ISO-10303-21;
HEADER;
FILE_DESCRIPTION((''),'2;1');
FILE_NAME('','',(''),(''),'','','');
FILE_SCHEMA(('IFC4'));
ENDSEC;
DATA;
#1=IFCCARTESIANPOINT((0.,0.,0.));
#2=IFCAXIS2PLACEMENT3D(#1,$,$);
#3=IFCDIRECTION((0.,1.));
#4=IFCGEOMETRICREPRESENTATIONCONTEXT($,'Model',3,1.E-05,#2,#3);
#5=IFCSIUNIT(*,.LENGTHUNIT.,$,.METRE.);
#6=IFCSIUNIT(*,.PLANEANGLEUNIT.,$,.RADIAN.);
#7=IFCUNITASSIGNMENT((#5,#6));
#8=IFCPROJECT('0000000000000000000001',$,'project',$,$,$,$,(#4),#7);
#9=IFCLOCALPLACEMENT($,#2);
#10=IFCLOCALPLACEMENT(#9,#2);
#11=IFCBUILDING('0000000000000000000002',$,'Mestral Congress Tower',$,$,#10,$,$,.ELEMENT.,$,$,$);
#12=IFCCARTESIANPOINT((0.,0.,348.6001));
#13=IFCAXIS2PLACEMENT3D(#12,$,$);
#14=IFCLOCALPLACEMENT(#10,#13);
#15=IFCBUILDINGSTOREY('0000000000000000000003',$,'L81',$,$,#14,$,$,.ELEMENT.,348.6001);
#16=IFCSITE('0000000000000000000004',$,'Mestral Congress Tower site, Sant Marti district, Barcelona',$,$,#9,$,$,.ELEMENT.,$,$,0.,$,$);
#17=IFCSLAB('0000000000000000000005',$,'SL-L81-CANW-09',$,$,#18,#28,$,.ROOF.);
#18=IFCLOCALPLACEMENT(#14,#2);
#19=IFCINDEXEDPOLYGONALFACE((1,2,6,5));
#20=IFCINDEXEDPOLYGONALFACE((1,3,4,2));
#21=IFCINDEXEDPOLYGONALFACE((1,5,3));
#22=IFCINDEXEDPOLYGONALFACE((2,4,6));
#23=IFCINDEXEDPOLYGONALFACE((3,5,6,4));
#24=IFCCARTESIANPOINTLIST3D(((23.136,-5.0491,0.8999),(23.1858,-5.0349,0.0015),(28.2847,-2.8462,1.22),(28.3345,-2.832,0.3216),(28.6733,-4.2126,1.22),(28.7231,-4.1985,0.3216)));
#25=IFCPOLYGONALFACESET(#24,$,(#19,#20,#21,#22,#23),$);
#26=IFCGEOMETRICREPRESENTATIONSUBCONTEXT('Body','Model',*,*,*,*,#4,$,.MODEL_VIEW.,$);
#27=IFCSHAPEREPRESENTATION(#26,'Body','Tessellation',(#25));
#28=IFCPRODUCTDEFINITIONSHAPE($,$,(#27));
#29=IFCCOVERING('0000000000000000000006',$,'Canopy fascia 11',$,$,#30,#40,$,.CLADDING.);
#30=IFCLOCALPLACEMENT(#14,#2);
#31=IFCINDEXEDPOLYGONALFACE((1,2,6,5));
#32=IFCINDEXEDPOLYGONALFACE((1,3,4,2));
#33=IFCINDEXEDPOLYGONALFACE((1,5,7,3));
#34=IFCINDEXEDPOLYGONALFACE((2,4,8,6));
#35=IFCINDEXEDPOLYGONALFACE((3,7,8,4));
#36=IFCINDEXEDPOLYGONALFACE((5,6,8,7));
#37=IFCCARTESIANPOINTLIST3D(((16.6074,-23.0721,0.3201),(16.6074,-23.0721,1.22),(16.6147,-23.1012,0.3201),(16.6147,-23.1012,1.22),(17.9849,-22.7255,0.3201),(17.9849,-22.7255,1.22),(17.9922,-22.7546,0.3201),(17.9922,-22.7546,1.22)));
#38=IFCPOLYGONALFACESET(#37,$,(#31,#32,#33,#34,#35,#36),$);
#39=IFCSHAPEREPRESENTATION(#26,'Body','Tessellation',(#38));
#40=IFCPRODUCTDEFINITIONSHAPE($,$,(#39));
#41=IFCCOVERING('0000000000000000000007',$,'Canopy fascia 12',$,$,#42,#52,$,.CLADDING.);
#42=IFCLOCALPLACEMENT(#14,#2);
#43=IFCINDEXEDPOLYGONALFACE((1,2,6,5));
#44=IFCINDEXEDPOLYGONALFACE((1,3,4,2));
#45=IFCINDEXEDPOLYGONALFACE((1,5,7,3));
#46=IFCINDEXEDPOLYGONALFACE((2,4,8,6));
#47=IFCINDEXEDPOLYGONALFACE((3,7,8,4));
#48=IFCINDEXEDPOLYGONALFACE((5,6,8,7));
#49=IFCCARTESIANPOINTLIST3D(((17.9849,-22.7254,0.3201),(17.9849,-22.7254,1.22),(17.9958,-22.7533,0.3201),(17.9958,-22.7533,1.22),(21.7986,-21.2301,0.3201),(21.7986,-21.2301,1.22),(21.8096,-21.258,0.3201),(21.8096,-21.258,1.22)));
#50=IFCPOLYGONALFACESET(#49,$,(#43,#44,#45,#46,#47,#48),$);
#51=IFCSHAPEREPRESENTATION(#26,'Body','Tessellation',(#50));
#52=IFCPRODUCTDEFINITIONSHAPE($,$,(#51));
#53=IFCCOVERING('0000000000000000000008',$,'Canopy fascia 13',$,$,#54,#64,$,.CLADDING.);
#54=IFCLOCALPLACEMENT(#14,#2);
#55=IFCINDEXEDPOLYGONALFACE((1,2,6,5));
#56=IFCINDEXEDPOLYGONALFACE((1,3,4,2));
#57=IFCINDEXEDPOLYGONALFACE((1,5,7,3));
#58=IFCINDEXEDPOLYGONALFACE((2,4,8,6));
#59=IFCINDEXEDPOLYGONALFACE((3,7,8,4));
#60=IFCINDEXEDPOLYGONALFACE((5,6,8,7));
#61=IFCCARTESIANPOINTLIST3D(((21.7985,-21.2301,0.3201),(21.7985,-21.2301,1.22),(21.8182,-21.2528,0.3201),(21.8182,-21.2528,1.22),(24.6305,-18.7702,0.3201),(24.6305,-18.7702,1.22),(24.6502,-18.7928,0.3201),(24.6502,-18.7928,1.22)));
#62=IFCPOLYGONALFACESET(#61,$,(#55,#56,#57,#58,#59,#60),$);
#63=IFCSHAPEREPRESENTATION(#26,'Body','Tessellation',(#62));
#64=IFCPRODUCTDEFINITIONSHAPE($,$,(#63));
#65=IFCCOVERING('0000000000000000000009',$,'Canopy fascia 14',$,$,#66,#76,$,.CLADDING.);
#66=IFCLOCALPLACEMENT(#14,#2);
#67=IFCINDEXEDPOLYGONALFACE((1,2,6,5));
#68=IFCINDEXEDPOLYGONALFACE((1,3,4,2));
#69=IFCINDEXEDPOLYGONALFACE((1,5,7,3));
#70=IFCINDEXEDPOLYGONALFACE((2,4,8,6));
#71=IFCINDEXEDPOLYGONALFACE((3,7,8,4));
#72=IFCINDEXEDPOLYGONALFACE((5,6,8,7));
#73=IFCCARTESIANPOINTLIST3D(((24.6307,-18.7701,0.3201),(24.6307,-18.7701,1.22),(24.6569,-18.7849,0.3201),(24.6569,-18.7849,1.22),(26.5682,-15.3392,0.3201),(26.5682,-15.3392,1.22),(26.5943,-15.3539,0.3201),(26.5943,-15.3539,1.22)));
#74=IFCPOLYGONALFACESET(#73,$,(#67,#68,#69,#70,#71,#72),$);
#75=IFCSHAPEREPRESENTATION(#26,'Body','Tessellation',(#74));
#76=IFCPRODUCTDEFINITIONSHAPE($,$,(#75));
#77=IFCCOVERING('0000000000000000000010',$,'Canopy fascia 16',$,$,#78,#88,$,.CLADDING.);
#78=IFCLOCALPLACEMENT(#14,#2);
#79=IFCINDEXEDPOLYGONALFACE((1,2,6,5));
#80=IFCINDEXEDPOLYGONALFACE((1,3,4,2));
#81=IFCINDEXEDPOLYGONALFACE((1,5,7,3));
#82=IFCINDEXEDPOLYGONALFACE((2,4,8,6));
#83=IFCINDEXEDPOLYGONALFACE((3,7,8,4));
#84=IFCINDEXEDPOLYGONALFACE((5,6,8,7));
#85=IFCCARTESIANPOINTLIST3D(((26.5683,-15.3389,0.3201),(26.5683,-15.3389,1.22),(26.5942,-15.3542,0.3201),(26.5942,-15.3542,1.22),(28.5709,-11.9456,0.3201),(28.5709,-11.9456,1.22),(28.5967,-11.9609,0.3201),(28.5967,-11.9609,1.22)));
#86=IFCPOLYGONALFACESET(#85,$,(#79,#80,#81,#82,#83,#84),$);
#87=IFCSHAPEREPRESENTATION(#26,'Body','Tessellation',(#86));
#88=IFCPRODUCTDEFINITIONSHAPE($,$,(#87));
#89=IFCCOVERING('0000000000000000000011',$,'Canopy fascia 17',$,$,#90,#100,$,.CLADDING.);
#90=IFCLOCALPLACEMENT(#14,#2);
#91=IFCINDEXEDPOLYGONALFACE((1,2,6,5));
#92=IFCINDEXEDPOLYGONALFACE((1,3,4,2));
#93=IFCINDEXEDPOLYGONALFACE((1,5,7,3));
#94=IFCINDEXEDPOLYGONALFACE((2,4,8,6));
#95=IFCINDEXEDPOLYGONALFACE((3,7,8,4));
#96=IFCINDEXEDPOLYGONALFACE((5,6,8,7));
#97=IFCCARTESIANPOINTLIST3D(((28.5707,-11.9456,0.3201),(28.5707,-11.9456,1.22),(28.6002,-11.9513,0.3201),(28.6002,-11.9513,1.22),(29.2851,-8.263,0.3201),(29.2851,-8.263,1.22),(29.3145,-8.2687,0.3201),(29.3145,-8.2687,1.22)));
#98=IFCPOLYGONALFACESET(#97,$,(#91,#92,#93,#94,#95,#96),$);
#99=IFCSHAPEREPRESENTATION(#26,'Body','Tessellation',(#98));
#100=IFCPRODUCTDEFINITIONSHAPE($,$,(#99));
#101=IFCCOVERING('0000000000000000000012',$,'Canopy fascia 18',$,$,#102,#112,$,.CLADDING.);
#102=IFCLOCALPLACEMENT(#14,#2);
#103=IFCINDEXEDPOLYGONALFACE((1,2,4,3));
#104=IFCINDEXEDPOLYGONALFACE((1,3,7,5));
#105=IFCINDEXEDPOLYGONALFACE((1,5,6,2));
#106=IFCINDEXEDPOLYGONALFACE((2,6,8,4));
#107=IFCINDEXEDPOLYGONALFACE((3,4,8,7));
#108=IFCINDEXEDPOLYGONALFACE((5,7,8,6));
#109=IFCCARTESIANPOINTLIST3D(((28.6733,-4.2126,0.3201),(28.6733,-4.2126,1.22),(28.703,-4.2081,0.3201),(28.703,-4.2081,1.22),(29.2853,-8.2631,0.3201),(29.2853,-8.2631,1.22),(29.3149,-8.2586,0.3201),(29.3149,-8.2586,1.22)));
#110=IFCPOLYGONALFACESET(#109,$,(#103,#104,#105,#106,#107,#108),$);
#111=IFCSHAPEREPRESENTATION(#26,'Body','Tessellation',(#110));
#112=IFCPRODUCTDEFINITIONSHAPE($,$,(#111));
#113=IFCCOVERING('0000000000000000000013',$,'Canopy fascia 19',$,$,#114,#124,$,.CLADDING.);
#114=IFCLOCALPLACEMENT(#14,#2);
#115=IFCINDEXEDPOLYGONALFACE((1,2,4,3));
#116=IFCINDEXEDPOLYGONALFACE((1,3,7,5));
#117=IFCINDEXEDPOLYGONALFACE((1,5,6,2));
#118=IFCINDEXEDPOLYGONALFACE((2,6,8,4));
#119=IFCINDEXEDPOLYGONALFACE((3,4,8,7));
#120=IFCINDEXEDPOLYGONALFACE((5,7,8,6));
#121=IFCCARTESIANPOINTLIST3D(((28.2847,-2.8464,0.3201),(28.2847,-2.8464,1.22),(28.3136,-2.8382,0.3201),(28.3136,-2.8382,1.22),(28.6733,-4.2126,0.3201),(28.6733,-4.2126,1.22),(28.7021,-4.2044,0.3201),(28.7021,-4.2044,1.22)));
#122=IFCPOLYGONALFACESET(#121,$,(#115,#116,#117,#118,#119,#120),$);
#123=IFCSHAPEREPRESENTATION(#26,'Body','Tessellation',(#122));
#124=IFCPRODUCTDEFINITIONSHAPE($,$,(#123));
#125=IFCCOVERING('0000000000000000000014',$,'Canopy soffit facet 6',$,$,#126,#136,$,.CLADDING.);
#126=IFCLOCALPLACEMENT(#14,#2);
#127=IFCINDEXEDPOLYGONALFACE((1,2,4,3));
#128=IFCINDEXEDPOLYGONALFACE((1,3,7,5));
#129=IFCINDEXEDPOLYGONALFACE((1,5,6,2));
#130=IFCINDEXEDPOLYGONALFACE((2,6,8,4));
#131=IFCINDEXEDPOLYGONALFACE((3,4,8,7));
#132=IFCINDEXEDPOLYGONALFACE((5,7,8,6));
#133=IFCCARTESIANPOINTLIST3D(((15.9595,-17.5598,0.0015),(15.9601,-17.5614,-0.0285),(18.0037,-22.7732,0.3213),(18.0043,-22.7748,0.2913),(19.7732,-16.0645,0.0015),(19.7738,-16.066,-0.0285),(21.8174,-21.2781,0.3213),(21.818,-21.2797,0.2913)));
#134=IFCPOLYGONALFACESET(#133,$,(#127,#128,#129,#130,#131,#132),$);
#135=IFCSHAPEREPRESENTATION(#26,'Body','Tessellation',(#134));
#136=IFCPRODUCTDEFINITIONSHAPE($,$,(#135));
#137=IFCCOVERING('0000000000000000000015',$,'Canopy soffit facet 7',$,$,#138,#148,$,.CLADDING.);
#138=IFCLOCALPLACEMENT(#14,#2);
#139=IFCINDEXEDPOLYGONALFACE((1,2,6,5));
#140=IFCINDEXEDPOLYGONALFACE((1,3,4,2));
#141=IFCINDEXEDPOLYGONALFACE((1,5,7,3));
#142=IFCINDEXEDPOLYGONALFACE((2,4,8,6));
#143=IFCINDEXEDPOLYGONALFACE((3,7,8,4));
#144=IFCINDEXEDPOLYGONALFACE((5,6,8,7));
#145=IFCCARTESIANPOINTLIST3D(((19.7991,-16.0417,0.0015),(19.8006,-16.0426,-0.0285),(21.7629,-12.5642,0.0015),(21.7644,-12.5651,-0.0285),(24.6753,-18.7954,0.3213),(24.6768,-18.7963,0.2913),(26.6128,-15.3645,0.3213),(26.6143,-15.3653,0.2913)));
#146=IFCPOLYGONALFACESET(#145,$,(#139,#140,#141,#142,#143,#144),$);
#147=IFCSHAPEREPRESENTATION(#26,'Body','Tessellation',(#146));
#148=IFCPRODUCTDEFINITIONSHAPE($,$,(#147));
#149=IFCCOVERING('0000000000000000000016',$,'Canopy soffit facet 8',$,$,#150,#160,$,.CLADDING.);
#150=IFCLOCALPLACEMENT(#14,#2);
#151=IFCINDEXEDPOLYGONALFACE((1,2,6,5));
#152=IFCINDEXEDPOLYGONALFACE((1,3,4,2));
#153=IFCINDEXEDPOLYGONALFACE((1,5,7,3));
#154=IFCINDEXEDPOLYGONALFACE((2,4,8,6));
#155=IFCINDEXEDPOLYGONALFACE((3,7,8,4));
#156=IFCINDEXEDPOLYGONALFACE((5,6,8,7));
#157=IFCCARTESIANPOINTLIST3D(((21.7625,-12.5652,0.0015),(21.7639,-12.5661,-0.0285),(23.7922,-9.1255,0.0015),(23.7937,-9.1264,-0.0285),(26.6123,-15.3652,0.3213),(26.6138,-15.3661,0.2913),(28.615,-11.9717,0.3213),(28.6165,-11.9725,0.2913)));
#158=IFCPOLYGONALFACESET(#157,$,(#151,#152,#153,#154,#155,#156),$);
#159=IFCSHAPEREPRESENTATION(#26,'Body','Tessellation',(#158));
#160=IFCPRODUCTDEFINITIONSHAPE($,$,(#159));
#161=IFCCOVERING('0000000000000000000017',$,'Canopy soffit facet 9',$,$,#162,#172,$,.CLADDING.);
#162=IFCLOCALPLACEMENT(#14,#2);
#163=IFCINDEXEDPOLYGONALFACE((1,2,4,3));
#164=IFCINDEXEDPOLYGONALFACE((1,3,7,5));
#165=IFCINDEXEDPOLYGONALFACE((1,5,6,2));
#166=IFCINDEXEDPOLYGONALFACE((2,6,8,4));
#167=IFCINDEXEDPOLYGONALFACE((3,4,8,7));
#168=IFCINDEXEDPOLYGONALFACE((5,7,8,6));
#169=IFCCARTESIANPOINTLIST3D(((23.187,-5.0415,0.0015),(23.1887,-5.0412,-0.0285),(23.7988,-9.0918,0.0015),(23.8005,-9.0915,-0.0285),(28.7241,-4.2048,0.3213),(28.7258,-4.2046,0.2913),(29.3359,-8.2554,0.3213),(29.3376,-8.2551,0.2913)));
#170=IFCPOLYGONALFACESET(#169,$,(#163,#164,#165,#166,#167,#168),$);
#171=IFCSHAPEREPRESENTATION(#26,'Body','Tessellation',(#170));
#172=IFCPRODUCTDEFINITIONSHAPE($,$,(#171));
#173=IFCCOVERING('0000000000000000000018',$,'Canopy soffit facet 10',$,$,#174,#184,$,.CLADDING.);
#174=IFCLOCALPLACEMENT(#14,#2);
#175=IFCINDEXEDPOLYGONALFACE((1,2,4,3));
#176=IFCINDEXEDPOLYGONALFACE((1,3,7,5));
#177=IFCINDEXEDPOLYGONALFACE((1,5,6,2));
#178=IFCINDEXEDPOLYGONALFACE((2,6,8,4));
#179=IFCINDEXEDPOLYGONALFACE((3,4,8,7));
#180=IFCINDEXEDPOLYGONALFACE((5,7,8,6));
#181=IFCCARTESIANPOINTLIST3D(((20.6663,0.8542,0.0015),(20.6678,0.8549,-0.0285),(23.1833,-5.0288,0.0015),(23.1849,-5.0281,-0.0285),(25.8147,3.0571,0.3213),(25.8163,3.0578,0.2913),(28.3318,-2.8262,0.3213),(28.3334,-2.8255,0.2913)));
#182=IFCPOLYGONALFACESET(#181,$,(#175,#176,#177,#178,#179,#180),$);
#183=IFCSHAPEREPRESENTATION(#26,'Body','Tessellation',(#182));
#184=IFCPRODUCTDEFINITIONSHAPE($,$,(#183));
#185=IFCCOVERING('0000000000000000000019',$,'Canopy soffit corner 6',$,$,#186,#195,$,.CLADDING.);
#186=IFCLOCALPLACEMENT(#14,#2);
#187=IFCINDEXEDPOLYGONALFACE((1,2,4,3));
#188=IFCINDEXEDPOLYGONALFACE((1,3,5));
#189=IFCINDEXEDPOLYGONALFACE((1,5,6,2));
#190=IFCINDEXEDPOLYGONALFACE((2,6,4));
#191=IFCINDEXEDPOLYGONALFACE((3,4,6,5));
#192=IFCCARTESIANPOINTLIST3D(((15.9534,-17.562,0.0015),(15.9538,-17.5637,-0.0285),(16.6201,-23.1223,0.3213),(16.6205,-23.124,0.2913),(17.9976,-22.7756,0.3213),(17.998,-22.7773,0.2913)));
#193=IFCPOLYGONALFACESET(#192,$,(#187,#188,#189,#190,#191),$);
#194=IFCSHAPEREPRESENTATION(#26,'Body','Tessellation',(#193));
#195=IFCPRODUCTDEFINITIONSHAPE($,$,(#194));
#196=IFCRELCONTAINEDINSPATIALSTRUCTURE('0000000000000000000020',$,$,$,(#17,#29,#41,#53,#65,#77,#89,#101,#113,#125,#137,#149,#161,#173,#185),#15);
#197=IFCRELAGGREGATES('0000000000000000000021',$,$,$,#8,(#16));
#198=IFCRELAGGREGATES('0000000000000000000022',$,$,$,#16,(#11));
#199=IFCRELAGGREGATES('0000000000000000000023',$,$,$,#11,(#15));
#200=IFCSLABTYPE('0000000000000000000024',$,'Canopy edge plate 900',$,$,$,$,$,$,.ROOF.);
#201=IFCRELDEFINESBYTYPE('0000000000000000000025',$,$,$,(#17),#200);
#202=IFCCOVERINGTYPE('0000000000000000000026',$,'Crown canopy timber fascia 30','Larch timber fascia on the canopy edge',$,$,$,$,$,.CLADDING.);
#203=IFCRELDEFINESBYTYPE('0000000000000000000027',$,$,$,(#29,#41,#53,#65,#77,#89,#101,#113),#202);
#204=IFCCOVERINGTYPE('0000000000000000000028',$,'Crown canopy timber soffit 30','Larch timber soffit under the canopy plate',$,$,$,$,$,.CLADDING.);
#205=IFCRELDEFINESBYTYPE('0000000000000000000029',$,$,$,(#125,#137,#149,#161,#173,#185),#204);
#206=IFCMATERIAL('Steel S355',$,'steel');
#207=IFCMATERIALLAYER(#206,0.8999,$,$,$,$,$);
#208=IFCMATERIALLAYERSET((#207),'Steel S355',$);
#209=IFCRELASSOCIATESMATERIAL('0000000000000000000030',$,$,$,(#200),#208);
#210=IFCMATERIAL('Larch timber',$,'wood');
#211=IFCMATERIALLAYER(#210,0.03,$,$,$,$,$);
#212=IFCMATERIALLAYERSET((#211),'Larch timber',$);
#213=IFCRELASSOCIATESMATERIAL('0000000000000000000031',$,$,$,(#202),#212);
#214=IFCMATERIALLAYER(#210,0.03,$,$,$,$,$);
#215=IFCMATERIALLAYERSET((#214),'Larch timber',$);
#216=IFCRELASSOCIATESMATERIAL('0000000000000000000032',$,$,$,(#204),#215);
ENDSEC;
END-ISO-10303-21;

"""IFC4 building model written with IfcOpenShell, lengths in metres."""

from ifc_helpers import new_model, si_unit, direction, frame, origin, origin_2d, place, context, subcontext, project, spatial, polyline, rectangle, outline, extrude, material, layer, layer_set, type_object, element, save


model = new_model("IFC4")

# Units and contexts
model_context = context("Model", 3, precision=1e-05, world=origin(), true_north=direction((0.0, 1.0)))
body_context = subcontext(model_context, "Body", "Model", "MODEL_VIEW")
ifc_project = project(units=[si_unit("LENGTHUNIT", "METRE"), si_unit("PLANEANGLEUNIT", "RADIAN")], contexts=[model_context])

# Site, building, storey
site_placement = place(None, origin())
site = spatial("IfcSite", under=ifc_project, at=site_placement, Name="Mestral Congress Tower site, Sant Marti district, Barcelona", CompositionType="ELEMENT", RefElevation=0.0)
building_placement = place(site_placement, origin())
building = spatial("IfcBuilding", under=site, at=building_placement, Name="Mestral Congress Tower", CompositionType="ELEMENT")
storey_placement = place(building_placement, frame((0.0, 0.0, 348.6001)))
storey = spatial("IfcBuildingStorey", under=building, at=storey_placement, Name="L81", CompositionType="ELEMENT", Elevation=348.6001)

# Shared definitions
ifc_material_1 = material(Name="Steel S355", Category="steel")

# Slab
ifc_layer_1 = layer(ifc_material_1, 0.8999)
ifc_layer_set_1 = layer_set([ifc_layer_1], Name="Steel S355")
slab_type = type_object("IfcSlabType", Name="Canopy edge plate 900", PredefinedType="ROOF", material=ifc_layer_set_1)
slab_1_placement = place(storey_placement, frame((23.136, -5.0491, 0.8999), z_axis=(-0.055329, -0.015738, 0.998344), x_axis=(0.987172, 0.149114, 0.05706)))
element("IfcSlab", 1, at=slab_1_placement, inside=storey, type_object=slab_type, Name="SL-L81-CANW-09", PredefinedType="ROOF", context=body_context, shape_type="SweptSolid", body=[
    extrude(outline(polyline([(0.0, 0.0), (5.6093, 0.0), (5.4294, 1.4092), (0.0, 0.0)])), origin(), (0.0, 0.0, -1.0), 0.8999),
])

# Coverings
ifc_material_2 = material(Name="Larch timber", Category="wood")
ifc_layer_2 = layer(ifc_material_2, 0.03)
ifc_layer_set_2 = layer_set([ifc_layer_2], Name="Larch timber")
covering_type_1 = type_object("IfcCoveringType", Name="Crown canopy timber fascia 30", Description="Larch timber fascia on the canopy edge", PredefinedType="CLADDING", material=ifc_layer_set_2)
covering_1_placement = place(storey_placement, frame((17.2998, -22.9133, 0.3201), z_axis=(0.0, 0.0, 1.0), x_axis=(0.969772, 0.244011, 0.0)))
element("IfcCovering", 2, at=covering_1_placement, inside=storey, type_object=covering_type_1, Name="Canopy fascia 11", PredefinedType="CLADDING", context=body_context, shape_type="SweptSolid", body=[
    extrude(rectangle(XDim=1.4204, YDim=0.03, at=origin_2d()), origin(), (0.0, 0.0, 1.0), 0.8999),
])
covering_2_placement = place(storey_placement, frame((19.8972, -21.9917, 0.3201), z_axis=(0.0, 0.0, 1.0), x_axis=(0.930995, 0.365031, 0.0)))
element("IfcCovering", 3, at=covering_2_placement, inside=storey, type_object=covering_type_1, Name="Canopy fascia 12", PredefinedType="CLADDING", context=body_context, shape_type="SweptSolid", body=[
    extrude(rectangle(XDim=4.0964, YDim=0.03, at=origin_2d()), origin(), (0.0, 0.0, 1.0), 0.8999),
])
covering_3_placement = place(storey_placement, frame((23.2244, -20.0115, 0.3201), z_axis=(0.0, 0.0, 1.0), x_axis=(0.754961, 0.655769, 0.0)))
element("IfcCovering", 4, at=covering_3_placement, inside=storey, type_object=covering_type_1, Name="Canopy fascia 13", PredefinedType="CLADDING", context=body_context, shape_type="SweptSolid", body=[
    extrude(rectangle(XDim=3.7512, YDim=0.03, at=origin_2d()), origin(), (0.0, 0.0, 1.0), 0.8999),
])
for number, where, z_axis, x_axis, name in (
    (5, (25.6125, -17.062, 0.3201), (0.0, 0.0, 1.0), (0.491716, 0.870756, 0.0), "Canopy fascia 14"),
    (6, (27.5825, -13.6499, 0.3201), (0.0, 0.0, 1.0), (0.50824, 0.861215, 0.0), "Canopy fascia 16"),
):
    element("IfcCovering", number, at=place(storey_placement, frame(where, z_axis=z_axis, x_axis=x_axis)), inside=storey, type_object=covering_type_1, Name=name, PredefinedType="CLADDING", context=body_context, shape_type="SweptSolid", body=[
        extrude(rectangle(XDim=3.9402, YDim=0.03, at=origin_2d()), origin(), (0.0, 0.0, 1.0), 0.8999),
    ])
covering_4_placement = place(storey_placement, frame((28.9426, -10.1072, 0.3201), z_axis=(0.0, 0.0, 1.0), x_axis=(0.190432, 0.9817, 0.0)))
element("IfcCovering", 7, at=covering_4_placement, inside=storey, type_object=covering_type_1, Name="Canopy fascia 17", PredefinedType="CLADDING", context=body_context, shape_type="SweptSolid", body=[
    extrude(rectangle(XDim=3.7512, YDim=0.03, at=origin_2d()), origin(), (0.0, 0.0, 1.0), 0.8999),
])
covering_5_placement = place(storey_placement, frame((28.9941, -6.2356, 0.3201), z_axis=(0.0, 0.0, 1.0), x_axis=(-0.149377, 0.98878, 0.0)))
element("IfcCovering", 8, at=covering_5_placement, inside=storey, type_object=covering_type_1, Name="Canopy fascia 18", PredefinedType="CLADDING", context=body_context, shape_type="SweptSolid", body=[
    extrude(rectangle(XDim=4.0964, YDim=0.03, at=origin_2d()), origin(), (0.0, 0.0, 1.0), 0.8999),
])
covering_6_placement = place(storey_placement, frame((28.4934, -3.5254, 0.3201), z_axis=(0.0, 0.0, 1.0), x_axis=(-0.273575, 0.961851, 0.0)))
element("IfcCovering", 9, at=covering_6_placement, inside=storey, type_object=covering_type_1, Name="Canopy fascia 19", PredefinedType="CLADDING", context=body_context, shape_type="SweptSolid", body=[
    extrude(rectangle(XDim=1.4204, YDim=0.03, at=origin_2d()), origin(), (0.0, 0.0, 1.0), 0.8999),
])
ifc_layer_3 = layer(ifc_material_2, 0.03)
ifc_layer_set_3 = layer_set([ifc_layer_3], Name="Larch timber")
covering_type_2 = type_object("IfcCoveringType", Name="Crown canopy timber soffit 30", Description="Larch timber soffit under the canopy plate", PredefinedType="CLADDING", material=ifc_layer_set_3)
covering_7_placement = place(storey_placement, frame((15.9595, -17.5598, 0.0015), z_axis=(-0.020813, 0.053085, 0.998373), x_axis=(0.930991, 0.365042, -0.000002)))
element("IfcCovering", 10, at=covering_7_placement, inside=storey, type_object=covering_type_2, Name="Canopy soffit facet 6", PredefinedType="CLADDING", context=body_context, shape_type="SweptSolid", body=[
    extrude(outline(polyline([(0.0, 0.0), (4.0964, 0.0), (4.0963, -5.6092), (0.0, -5.6089), (0.0, 0.0)])), origin(), (0.0, 0.0, -1.0), 0.03),
])
covering_8_placement = place(storey_placement, frame((19.7991, -16.0417, 0.0015), z_axis=(-0.049649, 0.028038, 0.998373), x_axis=(0.491735, 0.870745, 0.0)))
element("IfcCovering", 11, at=covering_8_placement, inside=storey, type_object=covering_type_2, Name="Canopy soffit facet 7", PredefinedType="CLADDING", context=body_context, shape_type="SweptSolid", body=[
    extrude(outline(polyline([(0.0, 0.0), (3.9938, 0.0), (3.9403, -5.6091), (0.0001, -5.6091), (0.0, 0.0)])), origin(), (0.0, 0.0, -1.0), 0.03),
])
covering_9_placement = place(storey_placement, frame((21.7625, -12.5652, 0.0015), z_axis=(-0.049106, 0.028979, 0.998373), x_axis=(0.508216, 0.861229, -0.000001)))
element("IfcCovering", 12, at=covering_9_placement, inside=storey, type_object=covering_type_2, Name="Canopy soffit facet 8", PredefinedType="CLADDING", context=body_context, shape_type="SweptSolid", body=[
    extrude(outline(polyline([(0.0, 0.0), (3.9939, 0.0), (3.9937, -5.6091), (0.0533, -5.609), (0.0, 0.0)])), origin(), (0.0, 0.0, -1.0), 0.03),
])
covering_10_placement = place(storey_placement, frame((23.7988, -9.0918, 0.0015), z_axis=(-0.05638, -0.008516, 0.998373), x_axis=(-0.14936, 0.988783, 0.0)))
element("IfcCovering", 13, at=covering_10_placement, inside=storey, type_object=covering_type_2, Name="Canopy soffit facet 9", PredefinedType="CLADDING", context=body_context, shape_type="SweptSolid", body=[
    extrude(outline(polyline([(0.0, 0.0), (4.0962, 0.0), (4.0965, -5.6091), (0.0, -5.6091), (0.0, 0.0)])), origin(), (0.0, 0.0, -1.0), 0.03),
])
covering_11_placement = place(storey_placement, frame((23.1833, -5.0288, 0.0015), z_axis=(-0.052423, -0.022429, 0.998373), x_axis=(-0.393362, 0.919384, 0.0)))
element("IfcCovering", 14, at=covering_11_placement, inside=storey, type_object=covering_type_2, Name="Canopy soffit facet 10", PredefinedType="CLADDING", context=body_context, shape_type="SweptSolid", body=[
    extrude(outline(polyline([(0.0, 0.0), (6.3989, 0.0), (6.399, -5.609), (-0.0001, -5.6089), (0.0, 0.0)])), origin(), (0.0, 0.0, -1.0), 0.03),
])
covering_12_placement = place(storey_placement, frame((15.9534, -17.562, 0.0015), z_axis=(-0.014029, 0.055742, 0.998347), x_axis=(0.118866, -0.991272, 0.057017)))
element("IfcCovering", 15, at=covering_12_placement, inside=storey, type_object=covering_type_2, Name="Canopy soffit corner 6", PredefinedType="CLADDING", context=body_context, shape_type="SweptSolid", body=[
    extrude(outline(polyline([(0.0, 0.0), (5.6093, 0.0), (5.4293, 1.409), (0.0, 0.0)])), origin(), (0.0, 0.0, -1.0), 0.03),
])

save(model, "model.ifc")
